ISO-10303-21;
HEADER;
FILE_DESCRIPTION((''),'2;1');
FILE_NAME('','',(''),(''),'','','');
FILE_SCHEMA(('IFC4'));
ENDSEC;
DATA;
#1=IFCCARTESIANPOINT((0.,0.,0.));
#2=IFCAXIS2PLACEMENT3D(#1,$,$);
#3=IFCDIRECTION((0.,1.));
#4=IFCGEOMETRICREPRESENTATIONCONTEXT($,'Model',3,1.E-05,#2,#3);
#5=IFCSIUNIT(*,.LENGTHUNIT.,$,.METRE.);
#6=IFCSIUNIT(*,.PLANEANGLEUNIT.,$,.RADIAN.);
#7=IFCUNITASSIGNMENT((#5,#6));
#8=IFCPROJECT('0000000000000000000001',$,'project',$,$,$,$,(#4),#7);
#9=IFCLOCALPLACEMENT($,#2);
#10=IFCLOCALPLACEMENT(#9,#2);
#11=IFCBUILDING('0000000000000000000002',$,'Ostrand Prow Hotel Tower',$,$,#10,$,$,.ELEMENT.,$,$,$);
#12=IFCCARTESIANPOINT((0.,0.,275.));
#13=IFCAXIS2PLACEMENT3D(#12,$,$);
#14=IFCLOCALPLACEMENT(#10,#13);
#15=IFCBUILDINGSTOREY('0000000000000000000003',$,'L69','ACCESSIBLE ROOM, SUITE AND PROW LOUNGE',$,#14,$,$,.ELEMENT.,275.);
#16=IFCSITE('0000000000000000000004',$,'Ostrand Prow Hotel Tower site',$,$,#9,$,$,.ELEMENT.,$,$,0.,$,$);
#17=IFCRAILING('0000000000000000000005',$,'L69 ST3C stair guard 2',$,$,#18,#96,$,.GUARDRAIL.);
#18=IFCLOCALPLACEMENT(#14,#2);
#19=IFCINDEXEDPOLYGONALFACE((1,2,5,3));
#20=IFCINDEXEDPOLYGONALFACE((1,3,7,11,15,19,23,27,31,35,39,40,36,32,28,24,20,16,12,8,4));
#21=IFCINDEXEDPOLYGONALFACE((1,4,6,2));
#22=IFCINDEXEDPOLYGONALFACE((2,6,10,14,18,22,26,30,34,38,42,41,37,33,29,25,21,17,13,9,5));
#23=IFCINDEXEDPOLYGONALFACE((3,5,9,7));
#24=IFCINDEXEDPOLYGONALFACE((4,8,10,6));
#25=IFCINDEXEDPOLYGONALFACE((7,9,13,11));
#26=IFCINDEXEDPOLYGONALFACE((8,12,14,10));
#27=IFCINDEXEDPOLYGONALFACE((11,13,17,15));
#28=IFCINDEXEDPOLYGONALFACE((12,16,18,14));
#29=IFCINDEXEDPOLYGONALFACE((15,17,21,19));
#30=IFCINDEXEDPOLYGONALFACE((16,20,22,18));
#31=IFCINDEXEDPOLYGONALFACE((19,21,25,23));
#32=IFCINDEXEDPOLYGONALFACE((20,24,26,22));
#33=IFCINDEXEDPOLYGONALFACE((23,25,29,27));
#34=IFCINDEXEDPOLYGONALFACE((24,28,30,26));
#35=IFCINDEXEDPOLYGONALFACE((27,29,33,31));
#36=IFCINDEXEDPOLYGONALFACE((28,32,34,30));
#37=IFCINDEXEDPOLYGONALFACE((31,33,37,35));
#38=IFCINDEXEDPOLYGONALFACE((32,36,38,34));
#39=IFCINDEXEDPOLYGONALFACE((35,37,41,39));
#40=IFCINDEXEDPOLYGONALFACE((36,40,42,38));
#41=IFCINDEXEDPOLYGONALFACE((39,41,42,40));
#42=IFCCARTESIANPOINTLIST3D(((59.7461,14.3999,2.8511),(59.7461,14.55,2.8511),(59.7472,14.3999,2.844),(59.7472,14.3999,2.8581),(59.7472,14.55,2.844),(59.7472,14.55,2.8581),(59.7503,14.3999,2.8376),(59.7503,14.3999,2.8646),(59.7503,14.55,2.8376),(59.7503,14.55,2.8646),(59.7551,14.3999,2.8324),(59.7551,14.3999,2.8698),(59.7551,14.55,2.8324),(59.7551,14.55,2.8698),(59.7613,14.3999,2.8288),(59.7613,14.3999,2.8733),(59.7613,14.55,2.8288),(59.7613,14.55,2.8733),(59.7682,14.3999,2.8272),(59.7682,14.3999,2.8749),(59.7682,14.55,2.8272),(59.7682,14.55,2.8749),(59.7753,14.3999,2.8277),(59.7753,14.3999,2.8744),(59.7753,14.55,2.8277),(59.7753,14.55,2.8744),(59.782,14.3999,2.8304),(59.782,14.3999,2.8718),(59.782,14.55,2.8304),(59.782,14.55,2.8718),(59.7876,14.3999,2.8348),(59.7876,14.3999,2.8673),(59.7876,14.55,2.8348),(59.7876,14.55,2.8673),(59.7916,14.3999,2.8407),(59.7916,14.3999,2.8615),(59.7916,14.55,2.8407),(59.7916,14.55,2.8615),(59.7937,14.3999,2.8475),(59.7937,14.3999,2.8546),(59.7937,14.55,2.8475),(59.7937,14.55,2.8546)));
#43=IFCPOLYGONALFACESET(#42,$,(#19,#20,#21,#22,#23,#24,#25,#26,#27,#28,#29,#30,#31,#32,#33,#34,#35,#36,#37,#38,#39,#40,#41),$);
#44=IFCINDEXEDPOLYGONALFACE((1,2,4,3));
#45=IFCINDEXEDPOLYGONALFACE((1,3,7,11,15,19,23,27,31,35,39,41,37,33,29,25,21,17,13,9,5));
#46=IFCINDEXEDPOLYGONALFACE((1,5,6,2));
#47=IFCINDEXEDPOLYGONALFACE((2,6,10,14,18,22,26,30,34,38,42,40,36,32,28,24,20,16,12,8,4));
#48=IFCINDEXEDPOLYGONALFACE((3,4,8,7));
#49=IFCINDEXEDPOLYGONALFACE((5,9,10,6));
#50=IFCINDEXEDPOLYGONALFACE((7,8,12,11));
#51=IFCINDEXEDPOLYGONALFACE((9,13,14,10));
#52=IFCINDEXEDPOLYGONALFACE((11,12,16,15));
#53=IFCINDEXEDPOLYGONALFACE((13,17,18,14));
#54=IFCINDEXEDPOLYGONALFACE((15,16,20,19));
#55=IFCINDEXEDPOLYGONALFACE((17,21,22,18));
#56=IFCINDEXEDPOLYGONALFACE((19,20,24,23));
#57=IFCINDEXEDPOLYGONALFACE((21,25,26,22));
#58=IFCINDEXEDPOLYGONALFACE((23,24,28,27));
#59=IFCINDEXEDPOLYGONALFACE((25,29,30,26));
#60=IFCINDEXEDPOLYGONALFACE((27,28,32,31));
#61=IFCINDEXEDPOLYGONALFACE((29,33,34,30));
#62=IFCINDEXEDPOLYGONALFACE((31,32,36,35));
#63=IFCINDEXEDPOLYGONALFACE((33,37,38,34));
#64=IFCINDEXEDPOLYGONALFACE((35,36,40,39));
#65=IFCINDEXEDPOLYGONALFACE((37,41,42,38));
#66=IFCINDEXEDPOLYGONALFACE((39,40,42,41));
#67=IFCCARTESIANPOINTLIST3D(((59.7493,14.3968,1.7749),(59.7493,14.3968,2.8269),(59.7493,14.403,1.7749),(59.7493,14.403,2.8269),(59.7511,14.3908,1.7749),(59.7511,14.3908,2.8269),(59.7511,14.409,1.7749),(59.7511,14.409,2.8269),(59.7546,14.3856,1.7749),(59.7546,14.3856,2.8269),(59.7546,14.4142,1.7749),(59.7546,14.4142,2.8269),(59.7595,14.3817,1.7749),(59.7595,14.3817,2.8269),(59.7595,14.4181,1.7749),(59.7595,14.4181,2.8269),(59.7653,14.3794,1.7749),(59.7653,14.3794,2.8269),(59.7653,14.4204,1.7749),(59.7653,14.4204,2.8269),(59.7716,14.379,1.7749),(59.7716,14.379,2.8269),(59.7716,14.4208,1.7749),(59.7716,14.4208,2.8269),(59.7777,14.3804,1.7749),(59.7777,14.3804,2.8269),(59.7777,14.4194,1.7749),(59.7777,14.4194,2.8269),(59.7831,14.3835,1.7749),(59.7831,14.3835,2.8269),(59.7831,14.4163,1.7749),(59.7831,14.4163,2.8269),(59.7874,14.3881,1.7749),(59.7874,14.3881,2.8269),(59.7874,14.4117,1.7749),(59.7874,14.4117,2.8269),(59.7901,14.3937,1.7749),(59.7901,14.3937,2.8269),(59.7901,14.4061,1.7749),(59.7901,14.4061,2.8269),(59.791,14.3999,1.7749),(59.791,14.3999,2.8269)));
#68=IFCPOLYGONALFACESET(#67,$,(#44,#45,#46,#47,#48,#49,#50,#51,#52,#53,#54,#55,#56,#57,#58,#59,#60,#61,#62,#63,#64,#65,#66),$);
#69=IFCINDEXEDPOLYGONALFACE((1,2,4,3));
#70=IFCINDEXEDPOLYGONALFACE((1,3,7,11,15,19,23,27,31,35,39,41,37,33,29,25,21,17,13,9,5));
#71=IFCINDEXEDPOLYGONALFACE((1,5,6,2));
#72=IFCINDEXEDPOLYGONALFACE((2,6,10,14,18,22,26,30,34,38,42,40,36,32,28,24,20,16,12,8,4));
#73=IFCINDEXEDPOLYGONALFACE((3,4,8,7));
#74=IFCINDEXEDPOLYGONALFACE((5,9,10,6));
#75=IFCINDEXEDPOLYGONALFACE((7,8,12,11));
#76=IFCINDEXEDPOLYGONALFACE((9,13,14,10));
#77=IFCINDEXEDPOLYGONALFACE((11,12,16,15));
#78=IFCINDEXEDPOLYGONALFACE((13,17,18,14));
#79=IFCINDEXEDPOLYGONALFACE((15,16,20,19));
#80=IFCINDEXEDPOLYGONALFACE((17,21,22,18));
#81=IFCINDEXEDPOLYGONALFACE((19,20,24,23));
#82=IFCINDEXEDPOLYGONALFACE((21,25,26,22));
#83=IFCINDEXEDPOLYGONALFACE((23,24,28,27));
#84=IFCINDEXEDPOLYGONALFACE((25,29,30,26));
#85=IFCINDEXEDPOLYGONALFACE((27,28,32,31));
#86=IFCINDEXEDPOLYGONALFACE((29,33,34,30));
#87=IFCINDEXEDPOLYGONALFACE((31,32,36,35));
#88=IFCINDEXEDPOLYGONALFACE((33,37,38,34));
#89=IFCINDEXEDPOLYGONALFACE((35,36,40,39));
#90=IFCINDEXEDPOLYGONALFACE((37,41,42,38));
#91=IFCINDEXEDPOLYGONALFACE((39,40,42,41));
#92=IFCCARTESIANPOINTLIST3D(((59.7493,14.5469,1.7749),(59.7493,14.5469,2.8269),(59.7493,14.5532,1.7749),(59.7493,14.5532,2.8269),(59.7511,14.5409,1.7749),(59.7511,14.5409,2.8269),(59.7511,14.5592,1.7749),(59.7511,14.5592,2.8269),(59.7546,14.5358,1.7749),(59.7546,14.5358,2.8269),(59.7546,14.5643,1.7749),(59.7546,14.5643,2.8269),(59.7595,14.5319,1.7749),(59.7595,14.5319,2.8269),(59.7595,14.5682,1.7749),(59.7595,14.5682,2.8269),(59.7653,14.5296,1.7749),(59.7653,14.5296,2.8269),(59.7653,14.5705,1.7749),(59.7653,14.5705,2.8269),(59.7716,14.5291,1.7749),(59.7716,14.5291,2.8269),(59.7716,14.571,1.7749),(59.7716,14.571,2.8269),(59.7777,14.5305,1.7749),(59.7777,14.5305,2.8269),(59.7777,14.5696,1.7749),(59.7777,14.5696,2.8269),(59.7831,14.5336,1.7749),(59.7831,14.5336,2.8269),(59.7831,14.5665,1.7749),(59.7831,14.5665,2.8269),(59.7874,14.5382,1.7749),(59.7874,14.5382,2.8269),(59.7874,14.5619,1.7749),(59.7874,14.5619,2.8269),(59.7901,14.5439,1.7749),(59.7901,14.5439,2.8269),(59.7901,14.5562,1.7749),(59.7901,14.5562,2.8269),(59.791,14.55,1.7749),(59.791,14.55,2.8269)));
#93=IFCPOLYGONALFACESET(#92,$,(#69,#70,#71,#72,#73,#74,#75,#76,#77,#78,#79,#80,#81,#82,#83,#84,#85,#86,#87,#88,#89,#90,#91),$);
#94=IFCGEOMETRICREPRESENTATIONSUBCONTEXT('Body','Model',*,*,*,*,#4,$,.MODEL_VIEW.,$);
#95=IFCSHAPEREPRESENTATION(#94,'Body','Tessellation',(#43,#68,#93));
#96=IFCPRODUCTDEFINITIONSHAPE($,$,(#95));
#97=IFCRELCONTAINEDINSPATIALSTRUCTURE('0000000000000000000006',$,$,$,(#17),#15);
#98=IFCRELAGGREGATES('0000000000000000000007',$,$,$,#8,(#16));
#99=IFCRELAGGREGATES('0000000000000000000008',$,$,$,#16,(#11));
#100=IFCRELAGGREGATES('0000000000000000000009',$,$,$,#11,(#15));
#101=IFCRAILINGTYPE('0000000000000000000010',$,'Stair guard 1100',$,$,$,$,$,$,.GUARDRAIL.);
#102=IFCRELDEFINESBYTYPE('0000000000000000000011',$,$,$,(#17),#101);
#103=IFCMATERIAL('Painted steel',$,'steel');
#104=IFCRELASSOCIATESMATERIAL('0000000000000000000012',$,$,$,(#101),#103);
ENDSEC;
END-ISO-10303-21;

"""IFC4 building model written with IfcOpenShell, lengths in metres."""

from ifc_helpers import new_model, si_unit, direction, frame, origin, origin_2d, place, context, subcontext, project, spatial, circle, extrude, material, type_object, element, save


model = new_model("IFC4")

# Units and contexts
model_context = context("Model", 3, precision=1e-05, world=origin(), true_north=direction((0.0, 1.0)))
body_context = subcontext(model_context, "Body", "Model", "MODEL_VIEW")
ifc_project = project(units=[si_unit("LENGTHUNIT", "METRE"), si_unit("PLANEANGLEUNIT", "RADIAN")], contexts=[model_context])

# Site, building, storey
site_placement = place(None, origin())
site = spatial("IfcSite", under=ifc_project, at=site_placement, Name="Ostrand Prow Hotel Tower site", CompositionType="ELEMENT", RefElevation=0.0)
building_placement = place(site_placement, origin())
building = spatial("IfcBuilding", under=site, at=building_placement, Name="Ostrand Prow Hotel Tower", CompositionType="ELEMENT")
storey_placement = place(building_placement, frame((0.0, 0.0, 275.0)))
storey = spatial("IfcBuildingStorey", under=building, at=storey_placement, Name="L69", Description="ACCESSIBLE ROOM, SUITE AND PROW LOUNGE", CompositionType="ELEMENT", Elevation=275.0)

# Railing
ifc_material_1 = material(Name="Painted steel", Category="steel")
railing_type_1 = type_object("IfcRailingType", Name="Stair guard 1100", PredefinedType="GUARDRAIL", material=ifc_material_1)
railing_1_placement = place(storey_placement, frame((59.77, 14.3999, 1.7749)))
element("IfcRailing", 1, at=railing_1_placement, inside=storey, type_object=railing_type_1, Name="L69 ST3C stair guard 2", PredefinedType="GUARDRAIL", context=body_context, shape_type="SweptSolid", body=[
    extrude(circle(Radius=0.0239, at=origin_2d()), frame((0.0, 0.0, 1.0762), z_axis=(0.0, 1.0, 0.0), x_axis=(-1.0, 0.0, 0.0)), (0.0, 0.0, 1.0), 0.1501),
    extrude(circle(Radius=0.021, at=origin_2d()), origin(), (0.0, 0.0, 1.0), 1.052),
    extrude(circle(Radius=0.021, at=origin_2d()), frame((0.0, 0.1501, 0.0)), (0.0, 0.0, 1.0), 1.052),
])

save(model, "model.ifc")
